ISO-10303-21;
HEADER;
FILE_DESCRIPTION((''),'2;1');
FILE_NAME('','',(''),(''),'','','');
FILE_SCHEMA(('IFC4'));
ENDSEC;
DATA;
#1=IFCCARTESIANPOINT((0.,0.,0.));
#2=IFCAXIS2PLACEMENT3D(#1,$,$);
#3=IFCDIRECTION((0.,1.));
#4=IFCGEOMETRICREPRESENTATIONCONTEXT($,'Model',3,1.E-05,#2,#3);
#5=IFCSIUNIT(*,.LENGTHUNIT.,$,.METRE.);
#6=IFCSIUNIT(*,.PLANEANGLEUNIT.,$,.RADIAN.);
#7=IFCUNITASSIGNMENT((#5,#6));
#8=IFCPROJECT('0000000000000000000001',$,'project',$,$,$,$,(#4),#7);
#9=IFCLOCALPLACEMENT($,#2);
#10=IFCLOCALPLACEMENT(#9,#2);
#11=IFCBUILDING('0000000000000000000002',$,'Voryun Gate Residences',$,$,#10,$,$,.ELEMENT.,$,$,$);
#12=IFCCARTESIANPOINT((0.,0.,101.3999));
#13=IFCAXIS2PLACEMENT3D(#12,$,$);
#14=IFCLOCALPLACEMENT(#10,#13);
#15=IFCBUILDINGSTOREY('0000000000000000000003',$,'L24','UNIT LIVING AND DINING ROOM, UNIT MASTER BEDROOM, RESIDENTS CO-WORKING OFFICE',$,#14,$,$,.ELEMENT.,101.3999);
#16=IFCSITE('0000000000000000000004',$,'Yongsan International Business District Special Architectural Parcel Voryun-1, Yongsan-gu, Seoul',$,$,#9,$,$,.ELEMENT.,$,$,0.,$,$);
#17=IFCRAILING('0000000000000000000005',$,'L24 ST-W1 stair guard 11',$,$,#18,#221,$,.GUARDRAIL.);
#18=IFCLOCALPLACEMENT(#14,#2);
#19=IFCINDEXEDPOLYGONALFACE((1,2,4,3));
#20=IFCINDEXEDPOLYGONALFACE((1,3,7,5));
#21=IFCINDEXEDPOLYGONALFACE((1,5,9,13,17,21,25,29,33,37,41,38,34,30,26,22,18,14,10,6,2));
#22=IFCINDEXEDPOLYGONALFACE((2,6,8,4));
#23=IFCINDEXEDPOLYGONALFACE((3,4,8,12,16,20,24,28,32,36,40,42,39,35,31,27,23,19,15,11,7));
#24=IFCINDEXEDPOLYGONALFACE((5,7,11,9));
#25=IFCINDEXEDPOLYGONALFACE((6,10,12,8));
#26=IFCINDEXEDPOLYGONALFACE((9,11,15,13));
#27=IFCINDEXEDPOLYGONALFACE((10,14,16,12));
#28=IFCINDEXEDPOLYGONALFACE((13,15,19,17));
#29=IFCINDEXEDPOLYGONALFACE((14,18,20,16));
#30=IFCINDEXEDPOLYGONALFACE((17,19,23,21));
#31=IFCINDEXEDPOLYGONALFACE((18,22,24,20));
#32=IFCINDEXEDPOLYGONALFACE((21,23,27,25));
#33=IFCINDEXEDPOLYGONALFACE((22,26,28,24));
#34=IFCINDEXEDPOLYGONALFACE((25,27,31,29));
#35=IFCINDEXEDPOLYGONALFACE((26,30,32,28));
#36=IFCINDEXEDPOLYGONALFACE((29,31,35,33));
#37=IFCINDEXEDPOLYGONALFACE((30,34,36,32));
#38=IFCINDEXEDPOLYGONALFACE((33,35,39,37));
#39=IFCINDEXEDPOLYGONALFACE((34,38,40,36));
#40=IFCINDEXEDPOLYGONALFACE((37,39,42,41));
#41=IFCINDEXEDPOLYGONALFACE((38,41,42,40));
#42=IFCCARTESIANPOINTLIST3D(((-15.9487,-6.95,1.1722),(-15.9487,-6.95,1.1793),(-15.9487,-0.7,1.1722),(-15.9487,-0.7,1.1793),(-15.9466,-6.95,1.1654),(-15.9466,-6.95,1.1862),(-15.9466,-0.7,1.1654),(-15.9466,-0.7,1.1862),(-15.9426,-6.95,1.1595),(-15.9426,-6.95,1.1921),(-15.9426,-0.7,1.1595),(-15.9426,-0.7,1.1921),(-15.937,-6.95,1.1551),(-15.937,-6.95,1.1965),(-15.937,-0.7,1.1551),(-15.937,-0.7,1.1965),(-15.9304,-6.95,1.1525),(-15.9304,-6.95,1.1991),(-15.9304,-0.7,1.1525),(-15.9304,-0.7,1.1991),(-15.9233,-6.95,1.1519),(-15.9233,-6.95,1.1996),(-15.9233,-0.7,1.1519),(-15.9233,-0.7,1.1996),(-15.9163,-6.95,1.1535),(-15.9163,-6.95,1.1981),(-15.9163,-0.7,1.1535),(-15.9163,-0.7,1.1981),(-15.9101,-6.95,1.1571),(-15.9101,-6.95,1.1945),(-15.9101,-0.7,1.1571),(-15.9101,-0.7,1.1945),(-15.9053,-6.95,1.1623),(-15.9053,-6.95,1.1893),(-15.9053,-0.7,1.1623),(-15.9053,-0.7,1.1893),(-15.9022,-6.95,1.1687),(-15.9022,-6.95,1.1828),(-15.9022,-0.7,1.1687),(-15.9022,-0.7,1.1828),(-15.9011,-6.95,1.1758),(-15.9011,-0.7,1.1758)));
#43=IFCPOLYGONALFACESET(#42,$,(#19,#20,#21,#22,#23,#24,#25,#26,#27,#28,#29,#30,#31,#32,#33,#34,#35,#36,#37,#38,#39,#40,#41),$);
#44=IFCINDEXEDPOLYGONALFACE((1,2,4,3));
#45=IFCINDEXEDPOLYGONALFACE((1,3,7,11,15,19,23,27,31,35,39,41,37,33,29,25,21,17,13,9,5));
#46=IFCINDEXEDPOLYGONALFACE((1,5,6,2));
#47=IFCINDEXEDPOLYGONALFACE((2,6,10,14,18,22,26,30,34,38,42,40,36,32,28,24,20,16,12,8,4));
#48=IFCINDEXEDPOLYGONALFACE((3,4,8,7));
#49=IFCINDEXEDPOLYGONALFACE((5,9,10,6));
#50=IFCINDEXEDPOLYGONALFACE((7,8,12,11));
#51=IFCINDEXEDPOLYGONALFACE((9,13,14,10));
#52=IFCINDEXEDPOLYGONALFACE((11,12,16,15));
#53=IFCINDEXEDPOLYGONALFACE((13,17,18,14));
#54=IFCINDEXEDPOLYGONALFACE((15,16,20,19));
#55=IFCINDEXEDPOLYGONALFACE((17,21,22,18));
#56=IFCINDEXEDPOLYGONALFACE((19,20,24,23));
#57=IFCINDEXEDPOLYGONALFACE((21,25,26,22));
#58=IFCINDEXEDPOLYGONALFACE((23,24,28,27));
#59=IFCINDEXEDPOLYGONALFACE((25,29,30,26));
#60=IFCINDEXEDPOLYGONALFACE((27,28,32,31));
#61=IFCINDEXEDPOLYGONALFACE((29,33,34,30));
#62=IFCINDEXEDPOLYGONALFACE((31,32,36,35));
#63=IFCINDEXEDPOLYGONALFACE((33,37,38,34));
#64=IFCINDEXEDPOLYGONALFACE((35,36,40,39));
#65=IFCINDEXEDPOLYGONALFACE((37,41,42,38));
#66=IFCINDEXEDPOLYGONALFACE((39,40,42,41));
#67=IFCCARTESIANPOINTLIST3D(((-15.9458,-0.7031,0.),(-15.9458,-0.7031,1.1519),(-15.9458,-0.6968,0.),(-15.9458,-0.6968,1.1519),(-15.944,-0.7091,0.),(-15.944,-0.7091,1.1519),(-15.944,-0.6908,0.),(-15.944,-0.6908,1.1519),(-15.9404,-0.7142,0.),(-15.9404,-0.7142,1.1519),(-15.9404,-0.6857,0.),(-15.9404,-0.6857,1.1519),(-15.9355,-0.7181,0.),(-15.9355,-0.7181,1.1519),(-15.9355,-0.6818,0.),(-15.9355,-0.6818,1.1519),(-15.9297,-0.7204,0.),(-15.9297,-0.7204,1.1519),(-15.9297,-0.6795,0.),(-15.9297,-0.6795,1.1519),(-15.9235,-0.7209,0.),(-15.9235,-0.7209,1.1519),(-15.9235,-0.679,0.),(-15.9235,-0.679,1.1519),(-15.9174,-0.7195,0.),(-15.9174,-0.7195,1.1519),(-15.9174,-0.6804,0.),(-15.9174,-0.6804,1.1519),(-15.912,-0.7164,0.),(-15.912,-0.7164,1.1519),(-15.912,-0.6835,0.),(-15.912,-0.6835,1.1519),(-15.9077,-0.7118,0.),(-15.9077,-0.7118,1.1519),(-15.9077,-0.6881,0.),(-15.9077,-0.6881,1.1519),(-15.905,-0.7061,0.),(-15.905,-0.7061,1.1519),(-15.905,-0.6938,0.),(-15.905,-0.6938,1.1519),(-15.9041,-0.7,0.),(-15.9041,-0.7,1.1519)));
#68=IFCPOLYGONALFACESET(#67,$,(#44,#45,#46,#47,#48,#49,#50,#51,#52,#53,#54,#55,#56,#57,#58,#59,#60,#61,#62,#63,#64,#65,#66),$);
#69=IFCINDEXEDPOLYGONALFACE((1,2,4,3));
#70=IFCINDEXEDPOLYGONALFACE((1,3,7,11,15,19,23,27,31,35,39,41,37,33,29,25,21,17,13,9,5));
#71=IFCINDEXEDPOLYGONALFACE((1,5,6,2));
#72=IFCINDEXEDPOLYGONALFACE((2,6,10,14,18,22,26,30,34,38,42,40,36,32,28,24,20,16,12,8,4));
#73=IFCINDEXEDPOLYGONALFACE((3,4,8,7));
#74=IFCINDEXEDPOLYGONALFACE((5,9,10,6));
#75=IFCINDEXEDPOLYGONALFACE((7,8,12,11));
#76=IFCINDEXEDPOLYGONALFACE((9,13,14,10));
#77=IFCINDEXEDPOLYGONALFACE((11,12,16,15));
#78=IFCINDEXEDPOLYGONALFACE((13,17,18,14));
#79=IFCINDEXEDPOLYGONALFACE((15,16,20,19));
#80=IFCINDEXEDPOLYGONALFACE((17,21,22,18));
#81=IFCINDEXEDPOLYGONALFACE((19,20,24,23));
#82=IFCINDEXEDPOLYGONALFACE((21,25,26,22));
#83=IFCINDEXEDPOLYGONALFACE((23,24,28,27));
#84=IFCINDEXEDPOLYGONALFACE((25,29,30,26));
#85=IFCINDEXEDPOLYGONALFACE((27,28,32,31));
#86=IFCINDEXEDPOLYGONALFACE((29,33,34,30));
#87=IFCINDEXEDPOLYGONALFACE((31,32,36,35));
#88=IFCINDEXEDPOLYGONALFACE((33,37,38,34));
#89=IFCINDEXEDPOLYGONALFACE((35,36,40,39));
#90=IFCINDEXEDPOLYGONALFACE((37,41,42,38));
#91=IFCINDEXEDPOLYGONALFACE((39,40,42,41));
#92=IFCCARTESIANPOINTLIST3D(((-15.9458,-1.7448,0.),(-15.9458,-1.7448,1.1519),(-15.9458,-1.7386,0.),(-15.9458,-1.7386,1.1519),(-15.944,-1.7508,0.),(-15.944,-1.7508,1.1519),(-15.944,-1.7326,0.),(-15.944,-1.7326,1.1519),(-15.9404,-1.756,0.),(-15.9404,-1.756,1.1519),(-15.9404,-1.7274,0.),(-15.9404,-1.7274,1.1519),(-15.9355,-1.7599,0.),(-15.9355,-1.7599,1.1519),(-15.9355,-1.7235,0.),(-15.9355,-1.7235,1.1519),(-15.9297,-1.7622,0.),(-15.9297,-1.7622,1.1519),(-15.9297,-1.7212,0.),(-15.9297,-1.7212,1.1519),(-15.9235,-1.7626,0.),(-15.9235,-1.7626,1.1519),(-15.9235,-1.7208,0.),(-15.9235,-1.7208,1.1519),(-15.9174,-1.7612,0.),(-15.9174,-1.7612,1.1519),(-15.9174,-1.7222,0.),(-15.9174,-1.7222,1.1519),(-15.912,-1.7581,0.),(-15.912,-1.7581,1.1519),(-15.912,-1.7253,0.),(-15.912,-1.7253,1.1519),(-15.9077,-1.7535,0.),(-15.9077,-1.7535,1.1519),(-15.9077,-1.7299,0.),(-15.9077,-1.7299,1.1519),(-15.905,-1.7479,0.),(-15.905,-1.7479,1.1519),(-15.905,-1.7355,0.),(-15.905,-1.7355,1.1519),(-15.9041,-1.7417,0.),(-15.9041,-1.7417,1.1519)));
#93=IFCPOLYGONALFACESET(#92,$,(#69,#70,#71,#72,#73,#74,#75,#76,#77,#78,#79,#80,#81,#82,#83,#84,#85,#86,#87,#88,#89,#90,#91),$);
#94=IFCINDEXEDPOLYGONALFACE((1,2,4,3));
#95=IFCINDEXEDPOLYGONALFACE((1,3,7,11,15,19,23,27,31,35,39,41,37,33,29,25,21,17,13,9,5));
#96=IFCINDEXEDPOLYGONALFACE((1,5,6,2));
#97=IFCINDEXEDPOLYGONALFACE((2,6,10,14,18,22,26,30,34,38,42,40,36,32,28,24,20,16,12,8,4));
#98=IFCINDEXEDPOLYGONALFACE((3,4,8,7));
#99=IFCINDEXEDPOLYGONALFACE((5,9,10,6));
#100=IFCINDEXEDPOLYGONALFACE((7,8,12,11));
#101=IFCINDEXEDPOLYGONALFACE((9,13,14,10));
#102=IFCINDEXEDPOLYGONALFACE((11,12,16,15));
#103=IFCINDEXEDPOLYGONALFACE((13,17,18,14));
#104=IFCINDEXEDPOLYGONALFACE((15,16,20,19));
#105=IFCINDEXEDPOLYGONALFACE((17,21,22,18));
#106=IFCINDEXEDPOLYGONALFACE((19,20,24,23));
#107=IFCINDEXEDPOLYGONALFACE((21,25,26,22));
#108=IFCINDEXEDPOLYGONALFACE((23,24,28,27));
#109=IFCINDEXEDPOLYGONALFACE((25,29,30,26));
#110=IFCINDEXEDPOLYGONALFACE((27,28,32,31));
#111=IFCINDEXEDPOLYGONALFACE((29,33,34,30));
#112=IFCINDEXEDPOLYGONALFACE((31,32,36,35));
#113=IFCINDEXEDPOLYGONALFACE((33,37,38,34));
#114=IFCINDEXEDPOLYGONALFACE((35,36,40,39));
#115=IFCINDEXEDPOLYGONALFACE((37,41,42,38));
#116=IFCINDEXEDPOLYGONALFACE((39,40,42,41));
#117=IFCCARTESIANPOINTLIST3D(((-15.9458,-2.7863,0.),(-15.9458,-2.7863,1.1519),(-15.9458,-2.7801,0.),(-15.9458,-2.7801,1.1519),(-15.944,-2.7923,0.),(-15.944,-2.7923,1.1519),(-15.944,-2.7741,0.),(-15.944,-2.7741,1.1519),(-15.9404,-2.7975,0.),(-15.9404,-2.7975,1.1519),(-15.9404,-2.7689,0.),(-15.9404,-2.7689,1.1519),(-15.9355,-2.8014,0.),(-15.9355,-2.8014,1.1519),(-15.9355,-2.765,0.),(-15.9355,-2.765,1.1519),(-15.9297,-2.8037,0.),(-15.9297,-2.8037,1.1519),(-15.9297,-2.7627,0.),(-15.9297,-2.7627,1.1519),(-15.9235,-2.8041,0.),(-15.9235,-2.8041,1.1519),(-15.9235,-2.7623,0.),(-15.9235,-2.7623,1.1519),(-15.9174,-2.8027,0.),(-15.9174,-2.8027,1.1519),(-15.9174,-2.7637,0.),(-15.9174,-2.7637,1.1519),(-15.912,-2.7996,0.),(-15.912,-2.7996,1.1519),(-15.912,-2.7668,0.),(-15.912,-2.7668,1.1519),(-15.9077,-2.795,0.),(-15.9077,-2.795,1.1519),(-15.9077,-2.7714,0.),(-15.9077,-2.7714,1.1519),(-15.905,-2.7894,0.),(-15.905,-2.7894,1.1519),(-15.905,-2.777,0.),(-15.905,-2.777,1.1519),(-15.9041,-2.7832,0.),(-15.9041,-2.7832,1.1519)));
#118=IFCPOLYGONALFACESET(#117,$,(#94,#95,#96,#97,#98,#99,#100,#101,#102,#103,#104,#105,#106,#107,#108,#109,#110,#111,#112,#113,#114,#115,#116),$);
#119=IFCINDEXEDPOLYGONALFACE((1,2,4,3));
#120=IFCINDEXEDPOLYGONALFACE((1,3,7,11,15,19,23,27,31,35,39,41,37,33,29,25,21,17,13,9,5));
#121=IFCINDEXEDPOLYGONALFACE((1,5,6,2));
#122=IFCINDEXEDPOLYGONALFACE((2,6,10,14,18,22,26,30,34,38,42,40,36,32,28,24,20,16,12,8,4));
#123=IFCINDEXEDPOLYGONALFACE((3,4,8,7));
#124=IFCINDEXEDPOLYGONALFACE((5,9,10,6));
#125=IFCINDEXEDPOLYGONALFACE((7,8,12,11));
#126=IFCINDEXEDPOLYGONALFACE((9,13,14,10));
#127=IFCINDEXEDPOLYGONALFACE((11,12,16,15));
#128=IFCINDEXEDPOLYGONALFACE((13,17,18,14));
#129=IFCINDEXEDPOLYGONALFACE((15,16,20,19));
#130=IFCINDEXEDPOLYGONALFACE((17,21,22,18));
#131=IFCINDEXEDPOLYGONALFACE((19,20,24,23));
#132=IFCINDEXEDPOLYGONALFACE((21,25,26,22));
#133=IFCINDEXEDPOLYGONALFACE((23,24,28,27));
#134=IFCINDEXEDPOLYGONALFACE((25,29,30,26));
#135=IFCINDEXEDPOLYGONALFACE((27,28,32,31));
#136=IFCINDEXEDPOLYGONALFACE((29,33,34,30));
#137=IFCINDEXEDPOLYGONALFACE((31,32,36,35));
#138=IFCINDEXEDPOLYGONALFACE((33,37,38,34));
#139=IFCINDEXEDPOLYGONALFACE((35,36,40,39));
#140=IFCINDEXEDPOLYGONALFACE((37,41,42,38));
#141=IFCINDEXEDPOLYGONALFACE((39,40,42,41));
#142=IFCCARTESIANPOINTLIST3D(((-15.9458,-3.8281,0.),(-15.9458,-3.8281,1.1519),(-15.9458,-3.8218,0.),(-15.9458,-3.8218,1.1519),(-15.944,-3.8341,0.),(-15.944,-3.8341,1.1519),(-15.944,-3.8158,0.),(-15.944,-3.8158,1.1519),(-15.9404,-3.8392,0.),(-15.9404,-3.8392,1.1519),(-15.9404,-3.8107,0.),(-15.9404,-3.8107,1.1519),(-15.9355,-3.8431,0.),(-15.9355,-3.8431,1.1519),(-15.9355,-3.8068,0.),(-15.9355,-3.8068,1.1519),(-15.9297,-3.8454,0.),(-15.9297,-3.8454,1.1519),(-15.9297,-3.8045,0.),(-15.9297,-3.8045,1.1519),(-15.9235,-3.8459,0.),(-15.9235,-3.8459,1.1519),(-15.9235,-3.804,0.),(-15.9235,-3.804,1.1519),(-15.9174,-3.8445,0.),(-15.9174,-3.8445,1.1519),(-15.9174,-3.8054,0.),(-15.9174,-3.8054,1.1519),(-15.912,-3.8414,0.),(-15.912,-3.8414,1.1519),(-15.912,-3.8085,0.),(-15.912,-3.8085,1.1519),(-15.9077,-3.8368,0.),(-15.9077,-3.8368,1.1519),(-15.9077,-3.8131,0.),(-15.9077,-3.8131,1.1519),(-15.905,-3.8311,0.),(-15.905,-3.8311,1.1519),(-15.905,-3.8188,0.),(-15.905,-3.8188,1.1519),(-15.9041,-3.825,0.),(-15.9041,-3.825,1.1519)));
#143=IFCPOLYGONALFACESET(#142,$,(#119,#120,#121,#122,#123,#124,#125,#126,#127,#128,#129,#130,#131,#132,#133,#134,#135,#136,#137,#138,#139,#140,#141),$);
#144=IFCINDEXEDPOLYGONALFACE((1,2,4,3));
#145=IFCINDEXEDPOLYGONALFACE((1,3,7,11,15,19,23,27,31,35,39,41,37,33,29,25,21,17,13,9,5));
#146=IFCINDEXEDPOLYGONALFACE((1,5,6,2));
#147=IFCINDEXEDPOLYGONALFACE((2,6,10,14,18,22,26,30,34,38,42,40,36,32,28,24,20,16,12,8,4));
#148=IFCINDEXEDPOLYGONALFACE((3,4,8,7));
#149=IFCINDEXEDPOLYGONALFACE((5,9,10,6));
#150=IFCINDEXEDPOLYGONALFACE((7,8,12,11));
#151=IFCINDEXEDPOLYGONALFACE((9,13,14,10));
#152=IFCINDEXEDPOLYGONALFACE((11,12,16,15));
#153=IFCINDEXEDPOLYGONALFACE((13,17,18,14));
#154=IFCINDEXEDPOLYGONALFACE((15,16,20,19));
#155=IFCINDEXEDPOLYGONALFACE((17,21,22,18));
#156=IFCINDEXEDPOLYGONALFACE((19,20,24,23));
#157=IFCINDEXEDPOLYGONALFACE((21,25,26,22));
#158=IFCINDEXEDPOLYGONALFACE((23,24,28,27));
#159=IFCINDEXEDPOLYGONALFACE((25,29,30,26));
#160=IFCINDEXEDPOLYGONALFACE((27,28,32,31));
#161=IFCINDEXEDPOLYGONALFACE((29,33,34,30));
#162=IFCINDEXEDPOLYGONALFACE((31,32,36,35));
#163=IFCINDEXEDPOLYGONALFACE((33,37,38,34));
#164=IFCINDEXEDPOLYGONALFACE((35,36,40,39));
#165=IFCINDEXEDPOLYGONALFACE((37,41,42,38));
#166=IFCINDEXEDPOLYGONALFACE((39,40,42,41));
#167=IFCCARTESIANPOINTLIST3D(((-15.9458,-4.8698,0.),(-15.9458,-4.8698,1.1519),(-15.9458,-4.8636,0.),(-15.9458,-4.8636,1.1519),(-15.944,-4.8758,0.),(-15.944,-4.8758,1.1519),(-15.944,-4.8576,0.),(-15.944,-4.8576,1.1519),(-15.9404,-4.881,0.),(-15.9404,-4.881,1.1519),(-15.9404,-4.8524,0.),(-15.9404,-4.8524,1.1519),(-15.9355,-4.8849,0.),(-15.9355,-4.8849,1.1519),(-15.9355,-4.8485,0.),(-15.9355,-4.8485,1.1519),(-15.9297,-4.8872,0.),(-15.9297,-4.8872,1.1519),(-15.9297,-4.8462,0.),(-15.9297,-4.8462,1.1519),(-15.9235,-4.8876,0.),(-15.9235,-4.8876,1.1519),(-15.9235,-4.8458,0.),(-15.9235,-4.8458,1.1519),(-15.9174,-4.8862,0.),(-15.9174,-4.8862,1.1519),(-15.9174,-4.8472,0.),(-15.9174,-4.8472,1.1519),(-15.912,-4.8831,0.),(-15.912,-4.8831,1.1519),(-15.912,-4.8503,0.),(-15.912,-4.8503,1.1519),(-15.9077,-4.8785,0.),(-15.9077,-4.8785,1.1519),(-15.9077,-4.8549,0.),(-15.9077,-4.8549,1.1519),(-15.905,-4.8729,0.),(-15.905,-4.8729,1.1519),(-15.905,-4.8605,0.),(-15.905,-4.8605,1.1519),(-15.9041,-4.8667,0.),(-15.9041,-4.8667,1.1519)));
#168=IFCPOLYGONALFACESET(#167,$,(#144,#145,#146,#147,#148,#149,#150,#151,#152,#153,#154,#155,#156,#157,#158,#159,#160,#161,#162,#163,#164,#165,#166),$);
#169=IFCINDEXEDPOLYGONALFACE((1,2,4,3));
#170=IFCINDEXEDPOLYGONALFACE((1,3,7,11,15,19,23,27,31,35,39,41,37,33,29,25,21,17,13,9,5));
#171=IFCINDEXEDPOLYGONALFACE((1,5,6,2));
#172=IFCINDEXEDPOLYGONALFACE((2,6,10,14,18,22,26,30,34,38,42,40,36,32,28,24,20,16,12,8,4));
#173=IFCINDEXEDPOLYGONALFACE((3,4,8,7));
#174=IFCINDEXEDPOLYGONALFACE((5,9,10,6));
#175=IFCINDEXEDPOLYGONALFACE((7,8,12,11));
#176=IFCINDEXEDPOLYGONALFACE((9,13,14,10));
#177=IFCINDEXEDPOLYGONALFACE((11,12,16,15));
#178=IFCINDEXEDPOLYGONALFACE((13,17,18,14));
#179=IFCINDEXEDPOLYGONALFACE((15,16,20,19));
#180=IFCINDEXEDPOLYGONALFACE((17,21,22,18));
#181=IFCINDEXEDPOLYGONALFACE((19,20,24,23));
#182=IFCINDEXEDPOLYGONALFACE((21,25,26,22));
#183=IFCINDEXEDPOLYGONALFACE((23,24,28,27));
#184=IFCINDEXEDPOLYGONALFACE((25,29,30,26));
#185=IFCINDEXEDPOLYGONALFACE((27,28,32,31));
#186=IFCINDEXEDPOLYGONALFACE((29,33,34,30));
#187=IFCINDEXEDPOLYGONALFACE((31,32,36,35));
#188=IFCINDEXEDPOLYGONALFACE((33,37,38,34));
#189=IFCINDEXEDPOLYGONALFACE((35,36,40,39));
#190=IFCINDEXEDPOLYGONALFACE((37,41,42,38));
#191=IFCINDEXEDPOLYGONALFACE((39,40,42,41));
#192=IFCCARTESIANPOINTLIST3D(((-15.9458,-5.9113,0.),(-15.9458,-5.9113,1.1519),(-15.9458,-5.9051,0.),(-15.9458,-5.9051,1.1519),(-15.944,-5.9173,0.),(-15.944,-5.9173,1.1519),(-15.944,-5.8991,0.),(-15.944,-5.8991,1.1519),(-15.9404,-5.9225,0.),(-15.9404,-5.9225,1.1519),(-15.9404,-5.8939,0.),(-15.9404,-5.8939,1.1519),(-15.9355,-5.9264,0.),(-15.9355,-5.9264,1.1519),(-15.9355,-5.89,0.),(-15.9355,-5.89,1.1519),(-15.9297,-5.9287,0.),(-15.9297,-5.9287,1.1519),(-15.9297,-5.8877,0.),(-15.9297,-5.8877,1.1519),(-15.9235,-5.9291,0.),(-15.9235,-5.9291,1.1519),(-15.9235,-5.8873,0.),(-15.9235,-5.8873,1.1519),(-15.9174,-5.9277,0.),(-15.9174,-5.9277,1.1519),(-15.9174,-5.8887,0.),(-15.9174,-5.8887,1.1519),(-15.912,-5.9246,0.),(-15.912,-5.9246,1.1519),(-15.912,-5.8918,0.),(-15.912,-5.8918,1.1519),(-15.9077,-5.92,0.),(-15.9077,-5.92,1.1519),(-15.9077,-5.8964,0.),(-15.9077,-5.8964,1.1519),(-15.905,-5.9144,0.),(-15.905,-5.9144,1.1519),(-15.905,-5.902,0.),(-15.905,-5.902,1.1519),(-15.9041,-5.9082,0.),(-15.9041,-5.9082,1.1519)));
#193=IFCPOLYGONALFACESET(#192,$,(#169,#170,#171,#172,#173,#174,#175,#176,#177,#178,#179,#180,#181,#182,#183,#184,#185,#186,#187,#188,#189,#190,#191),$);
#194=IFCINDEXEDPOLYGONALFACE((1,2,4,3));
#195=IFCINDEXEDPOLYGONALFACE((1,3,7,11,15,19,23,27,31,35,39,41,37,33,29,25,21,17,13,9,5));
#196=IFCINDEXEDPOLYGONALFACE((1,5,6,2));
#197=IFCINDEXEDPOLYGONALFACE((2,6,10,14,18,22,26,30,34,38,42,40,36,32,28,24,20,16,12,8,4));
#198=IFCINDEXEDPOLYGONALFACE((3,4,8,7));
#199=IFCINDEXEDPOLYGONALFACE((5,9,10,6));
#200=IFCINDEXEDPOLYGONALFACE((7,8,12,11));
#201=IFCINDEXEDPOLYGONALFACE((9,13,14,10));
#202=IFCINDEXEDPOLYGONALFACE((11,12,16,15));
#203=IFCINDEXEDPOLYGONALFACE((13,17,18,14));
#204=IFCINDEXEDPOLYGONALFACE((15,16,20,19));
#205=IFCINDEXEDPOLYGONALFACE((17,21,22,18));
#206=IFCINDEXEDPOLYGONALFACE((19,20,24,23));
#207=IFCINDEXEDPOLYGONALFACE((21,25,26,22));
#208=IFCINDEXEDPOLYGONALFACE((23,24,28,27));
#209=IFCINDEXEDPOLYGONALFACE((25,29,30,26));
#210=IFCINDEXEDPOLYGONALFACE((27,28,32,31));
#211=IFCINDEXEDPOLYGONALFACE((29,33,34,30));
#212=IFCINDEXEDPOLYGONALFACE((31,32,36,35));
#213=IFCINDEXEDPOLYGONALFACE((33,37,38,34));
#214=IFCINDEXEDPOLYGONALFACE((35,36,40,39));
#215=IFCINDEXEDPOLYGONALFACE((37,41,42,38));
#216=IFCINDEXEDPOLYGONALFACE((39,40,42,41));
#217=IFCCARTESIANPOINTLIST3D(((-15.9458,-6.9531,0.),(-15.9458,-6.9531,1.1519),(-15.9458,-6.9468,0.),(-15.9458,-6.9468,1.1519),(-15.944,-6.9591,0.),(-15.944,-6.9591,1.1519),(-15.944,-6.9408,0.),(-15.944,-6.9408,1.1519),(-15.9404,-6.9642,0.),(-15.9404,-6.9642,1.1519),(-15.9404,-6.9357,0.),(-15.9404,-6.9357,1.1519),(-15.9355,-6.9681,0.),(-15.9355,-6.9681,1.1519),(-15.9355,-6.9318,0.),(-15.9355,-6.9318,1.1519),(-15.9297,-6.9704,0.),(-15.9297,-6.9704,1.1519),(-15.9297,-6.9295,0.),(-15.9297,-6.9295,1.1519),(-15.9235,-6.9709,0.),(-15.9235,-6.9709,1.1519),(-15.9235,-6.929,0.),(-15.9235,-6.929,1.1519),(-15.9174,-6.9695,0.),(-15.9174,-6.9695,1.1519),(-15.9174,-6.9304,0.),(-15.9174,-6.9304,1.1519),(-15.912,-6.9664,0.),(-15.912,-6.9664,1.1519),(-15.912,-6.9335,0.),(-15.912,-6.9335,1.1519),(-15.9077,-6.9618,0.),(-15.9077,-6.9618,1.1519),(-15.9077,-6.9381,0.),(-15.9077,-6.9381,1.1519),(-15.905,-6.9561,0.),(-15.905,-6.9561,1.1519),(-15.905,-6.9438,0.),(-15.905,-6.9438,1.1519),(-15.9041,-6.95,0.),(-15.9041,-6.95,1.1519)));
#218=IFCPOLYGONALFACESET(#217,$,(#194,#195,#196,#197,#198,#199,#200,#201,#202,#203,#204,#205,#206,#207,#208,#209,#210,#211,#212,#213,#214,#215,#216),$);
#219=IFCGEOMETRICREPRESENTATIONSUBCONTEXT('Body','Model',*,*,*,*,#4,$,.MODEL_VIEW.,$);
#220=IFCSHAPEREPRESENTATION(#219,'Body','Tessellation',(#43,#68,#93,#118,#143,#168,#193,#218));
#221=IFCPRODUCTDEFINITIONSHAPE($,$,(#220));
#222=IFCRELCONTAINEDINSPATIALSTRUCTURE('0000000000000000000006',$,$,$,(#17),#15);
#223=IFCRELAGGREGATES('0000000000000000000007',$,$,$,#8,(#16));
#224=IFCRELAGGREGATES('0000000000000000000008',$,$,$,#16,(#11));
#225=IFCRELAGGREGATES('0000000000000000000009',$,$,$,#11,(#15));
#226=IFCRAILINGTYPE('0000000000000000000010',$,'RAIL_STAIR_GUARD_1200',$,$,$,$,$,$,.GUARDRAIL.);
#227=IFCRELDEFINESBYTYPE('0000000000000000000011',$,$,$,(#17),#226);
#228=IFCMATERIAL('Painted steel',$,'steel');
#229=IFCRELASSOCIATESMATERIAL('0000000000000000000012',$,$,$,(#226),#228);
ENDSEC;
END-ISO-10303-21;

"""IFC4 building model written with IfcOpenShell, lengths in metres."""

from ifc_helpers import new_model, si_unit, direction, frame, origin, origin_2d, place, context, subcontext, project, spatial, circle, extrude, material, type_object, element, save


model = new_model("IFC4")

# Units and contexts
model_context = context("Model", 3, precision=1e-05, world=origin(), true_north=direction((0.0, 1.0)))
body_context = subcontext(model_context, "Body", "Model", "MODEL_VIEW")
ifc_project = project(units=[si_unit("LENGTHUNIT", "METRE"), si_unit("PLANEANGLEUNIT", "RADIAN")], contexts=[model_context])

# Site, building, storey
site_placement = place(None, origin())
site = spatial("IfcSite", under=ifc_project, at=site_placement, Name="Yongsan International Business District Special Architectural Parcel Voryun-1, Yongsan-gu, Seoul", CompositionType="ELEMENT", RefElevation=0.0)
building_placement = place(site_placement, origin())
building = spatial("IfcBuilding", under=site, at=building_placement, Name="Voryun Gate Residences", CompositionType="ELEMENT")
storey_placement = place(building_placement, frame((0.0, 0.0, 101.3999)))
storey = spatial("IfcBuildingStorey", under=building, at=storey_placement, Name="L24", Description="UNIT LIVING AND DINING ROOM, UNIT MASTER BEDROOM, RESIDENTS CO-WORKING OFFICE", CompositionType="ELEMENT", Elevation=101.3999)

# Railing
ifc_material_1 = material(Name="Painted steel", Category="steel")
railing_type = type_object("IfcRailingType", Name="RAIL_STAIR_GUARD_1200", PredefinedType="GUARDRAIL", material=ifc_material_1)
railing_1_placement = place(storey_placement, frame((-15.925, -0.7, 0.0)))
element("IfcRailing", 1, at=railing_1_placement, inside=storey, type_object=railing_type, Name="L24 ST-W1 stair guard 11", PredefinedType="GUARDRAIL", context=body_context, shape_type="SweptSolid", body=[
    extrude(circle(Radius=0.0239, at=origin_2d()), frame((0.0, 0.0, 1.1758), z_axis=(0.0, -1.0, 0.0), x_axis=(1.0, 0.0, 0.0)), (0.0, 0.0, 1.0), 6.25),
    extrude(circle(Radius=0.021, at=origin_2d()), origin(), (0.0, 0.0, 1.0), 1.1519),
    extrude(circle(Radius=0.021, at=origin_2d()), frame((0.0, -1.0417, 0.0)), (0.0, 0.0, 1.0), 1.1519),
    extrude(circle(Radius=0.021, at=origin_2d()), frame((0.0, -2.0833, 0.0)), (0.0, 0.0, 1.0), 1.1519),
    extrude(circle(Radius=0.021, at=origin_2d()), frame((0.0, -3.125, 0.0)), (0.0, 0.0, 1.0), 1.1519),
    extrude(circle(Radius=0.021, at=origin_2d()), frame((0.0, -4.1667, 0.0)), (0.0, 0.0, 1.0), 1.1519),
    extrude(circle(Radius=0.021, at=origin_2d()), frame((0.0, -5.2083, 0.0)), (0.0, 0.0, 1.0), 1.1519),
    extrude(circle(Radius=0.021, at=origin_2d()), frame((0.0, -6.25, 0.0)), (0.0, 0.0, 1.0), 1.1519),
])

save(model, "model.ifc")
